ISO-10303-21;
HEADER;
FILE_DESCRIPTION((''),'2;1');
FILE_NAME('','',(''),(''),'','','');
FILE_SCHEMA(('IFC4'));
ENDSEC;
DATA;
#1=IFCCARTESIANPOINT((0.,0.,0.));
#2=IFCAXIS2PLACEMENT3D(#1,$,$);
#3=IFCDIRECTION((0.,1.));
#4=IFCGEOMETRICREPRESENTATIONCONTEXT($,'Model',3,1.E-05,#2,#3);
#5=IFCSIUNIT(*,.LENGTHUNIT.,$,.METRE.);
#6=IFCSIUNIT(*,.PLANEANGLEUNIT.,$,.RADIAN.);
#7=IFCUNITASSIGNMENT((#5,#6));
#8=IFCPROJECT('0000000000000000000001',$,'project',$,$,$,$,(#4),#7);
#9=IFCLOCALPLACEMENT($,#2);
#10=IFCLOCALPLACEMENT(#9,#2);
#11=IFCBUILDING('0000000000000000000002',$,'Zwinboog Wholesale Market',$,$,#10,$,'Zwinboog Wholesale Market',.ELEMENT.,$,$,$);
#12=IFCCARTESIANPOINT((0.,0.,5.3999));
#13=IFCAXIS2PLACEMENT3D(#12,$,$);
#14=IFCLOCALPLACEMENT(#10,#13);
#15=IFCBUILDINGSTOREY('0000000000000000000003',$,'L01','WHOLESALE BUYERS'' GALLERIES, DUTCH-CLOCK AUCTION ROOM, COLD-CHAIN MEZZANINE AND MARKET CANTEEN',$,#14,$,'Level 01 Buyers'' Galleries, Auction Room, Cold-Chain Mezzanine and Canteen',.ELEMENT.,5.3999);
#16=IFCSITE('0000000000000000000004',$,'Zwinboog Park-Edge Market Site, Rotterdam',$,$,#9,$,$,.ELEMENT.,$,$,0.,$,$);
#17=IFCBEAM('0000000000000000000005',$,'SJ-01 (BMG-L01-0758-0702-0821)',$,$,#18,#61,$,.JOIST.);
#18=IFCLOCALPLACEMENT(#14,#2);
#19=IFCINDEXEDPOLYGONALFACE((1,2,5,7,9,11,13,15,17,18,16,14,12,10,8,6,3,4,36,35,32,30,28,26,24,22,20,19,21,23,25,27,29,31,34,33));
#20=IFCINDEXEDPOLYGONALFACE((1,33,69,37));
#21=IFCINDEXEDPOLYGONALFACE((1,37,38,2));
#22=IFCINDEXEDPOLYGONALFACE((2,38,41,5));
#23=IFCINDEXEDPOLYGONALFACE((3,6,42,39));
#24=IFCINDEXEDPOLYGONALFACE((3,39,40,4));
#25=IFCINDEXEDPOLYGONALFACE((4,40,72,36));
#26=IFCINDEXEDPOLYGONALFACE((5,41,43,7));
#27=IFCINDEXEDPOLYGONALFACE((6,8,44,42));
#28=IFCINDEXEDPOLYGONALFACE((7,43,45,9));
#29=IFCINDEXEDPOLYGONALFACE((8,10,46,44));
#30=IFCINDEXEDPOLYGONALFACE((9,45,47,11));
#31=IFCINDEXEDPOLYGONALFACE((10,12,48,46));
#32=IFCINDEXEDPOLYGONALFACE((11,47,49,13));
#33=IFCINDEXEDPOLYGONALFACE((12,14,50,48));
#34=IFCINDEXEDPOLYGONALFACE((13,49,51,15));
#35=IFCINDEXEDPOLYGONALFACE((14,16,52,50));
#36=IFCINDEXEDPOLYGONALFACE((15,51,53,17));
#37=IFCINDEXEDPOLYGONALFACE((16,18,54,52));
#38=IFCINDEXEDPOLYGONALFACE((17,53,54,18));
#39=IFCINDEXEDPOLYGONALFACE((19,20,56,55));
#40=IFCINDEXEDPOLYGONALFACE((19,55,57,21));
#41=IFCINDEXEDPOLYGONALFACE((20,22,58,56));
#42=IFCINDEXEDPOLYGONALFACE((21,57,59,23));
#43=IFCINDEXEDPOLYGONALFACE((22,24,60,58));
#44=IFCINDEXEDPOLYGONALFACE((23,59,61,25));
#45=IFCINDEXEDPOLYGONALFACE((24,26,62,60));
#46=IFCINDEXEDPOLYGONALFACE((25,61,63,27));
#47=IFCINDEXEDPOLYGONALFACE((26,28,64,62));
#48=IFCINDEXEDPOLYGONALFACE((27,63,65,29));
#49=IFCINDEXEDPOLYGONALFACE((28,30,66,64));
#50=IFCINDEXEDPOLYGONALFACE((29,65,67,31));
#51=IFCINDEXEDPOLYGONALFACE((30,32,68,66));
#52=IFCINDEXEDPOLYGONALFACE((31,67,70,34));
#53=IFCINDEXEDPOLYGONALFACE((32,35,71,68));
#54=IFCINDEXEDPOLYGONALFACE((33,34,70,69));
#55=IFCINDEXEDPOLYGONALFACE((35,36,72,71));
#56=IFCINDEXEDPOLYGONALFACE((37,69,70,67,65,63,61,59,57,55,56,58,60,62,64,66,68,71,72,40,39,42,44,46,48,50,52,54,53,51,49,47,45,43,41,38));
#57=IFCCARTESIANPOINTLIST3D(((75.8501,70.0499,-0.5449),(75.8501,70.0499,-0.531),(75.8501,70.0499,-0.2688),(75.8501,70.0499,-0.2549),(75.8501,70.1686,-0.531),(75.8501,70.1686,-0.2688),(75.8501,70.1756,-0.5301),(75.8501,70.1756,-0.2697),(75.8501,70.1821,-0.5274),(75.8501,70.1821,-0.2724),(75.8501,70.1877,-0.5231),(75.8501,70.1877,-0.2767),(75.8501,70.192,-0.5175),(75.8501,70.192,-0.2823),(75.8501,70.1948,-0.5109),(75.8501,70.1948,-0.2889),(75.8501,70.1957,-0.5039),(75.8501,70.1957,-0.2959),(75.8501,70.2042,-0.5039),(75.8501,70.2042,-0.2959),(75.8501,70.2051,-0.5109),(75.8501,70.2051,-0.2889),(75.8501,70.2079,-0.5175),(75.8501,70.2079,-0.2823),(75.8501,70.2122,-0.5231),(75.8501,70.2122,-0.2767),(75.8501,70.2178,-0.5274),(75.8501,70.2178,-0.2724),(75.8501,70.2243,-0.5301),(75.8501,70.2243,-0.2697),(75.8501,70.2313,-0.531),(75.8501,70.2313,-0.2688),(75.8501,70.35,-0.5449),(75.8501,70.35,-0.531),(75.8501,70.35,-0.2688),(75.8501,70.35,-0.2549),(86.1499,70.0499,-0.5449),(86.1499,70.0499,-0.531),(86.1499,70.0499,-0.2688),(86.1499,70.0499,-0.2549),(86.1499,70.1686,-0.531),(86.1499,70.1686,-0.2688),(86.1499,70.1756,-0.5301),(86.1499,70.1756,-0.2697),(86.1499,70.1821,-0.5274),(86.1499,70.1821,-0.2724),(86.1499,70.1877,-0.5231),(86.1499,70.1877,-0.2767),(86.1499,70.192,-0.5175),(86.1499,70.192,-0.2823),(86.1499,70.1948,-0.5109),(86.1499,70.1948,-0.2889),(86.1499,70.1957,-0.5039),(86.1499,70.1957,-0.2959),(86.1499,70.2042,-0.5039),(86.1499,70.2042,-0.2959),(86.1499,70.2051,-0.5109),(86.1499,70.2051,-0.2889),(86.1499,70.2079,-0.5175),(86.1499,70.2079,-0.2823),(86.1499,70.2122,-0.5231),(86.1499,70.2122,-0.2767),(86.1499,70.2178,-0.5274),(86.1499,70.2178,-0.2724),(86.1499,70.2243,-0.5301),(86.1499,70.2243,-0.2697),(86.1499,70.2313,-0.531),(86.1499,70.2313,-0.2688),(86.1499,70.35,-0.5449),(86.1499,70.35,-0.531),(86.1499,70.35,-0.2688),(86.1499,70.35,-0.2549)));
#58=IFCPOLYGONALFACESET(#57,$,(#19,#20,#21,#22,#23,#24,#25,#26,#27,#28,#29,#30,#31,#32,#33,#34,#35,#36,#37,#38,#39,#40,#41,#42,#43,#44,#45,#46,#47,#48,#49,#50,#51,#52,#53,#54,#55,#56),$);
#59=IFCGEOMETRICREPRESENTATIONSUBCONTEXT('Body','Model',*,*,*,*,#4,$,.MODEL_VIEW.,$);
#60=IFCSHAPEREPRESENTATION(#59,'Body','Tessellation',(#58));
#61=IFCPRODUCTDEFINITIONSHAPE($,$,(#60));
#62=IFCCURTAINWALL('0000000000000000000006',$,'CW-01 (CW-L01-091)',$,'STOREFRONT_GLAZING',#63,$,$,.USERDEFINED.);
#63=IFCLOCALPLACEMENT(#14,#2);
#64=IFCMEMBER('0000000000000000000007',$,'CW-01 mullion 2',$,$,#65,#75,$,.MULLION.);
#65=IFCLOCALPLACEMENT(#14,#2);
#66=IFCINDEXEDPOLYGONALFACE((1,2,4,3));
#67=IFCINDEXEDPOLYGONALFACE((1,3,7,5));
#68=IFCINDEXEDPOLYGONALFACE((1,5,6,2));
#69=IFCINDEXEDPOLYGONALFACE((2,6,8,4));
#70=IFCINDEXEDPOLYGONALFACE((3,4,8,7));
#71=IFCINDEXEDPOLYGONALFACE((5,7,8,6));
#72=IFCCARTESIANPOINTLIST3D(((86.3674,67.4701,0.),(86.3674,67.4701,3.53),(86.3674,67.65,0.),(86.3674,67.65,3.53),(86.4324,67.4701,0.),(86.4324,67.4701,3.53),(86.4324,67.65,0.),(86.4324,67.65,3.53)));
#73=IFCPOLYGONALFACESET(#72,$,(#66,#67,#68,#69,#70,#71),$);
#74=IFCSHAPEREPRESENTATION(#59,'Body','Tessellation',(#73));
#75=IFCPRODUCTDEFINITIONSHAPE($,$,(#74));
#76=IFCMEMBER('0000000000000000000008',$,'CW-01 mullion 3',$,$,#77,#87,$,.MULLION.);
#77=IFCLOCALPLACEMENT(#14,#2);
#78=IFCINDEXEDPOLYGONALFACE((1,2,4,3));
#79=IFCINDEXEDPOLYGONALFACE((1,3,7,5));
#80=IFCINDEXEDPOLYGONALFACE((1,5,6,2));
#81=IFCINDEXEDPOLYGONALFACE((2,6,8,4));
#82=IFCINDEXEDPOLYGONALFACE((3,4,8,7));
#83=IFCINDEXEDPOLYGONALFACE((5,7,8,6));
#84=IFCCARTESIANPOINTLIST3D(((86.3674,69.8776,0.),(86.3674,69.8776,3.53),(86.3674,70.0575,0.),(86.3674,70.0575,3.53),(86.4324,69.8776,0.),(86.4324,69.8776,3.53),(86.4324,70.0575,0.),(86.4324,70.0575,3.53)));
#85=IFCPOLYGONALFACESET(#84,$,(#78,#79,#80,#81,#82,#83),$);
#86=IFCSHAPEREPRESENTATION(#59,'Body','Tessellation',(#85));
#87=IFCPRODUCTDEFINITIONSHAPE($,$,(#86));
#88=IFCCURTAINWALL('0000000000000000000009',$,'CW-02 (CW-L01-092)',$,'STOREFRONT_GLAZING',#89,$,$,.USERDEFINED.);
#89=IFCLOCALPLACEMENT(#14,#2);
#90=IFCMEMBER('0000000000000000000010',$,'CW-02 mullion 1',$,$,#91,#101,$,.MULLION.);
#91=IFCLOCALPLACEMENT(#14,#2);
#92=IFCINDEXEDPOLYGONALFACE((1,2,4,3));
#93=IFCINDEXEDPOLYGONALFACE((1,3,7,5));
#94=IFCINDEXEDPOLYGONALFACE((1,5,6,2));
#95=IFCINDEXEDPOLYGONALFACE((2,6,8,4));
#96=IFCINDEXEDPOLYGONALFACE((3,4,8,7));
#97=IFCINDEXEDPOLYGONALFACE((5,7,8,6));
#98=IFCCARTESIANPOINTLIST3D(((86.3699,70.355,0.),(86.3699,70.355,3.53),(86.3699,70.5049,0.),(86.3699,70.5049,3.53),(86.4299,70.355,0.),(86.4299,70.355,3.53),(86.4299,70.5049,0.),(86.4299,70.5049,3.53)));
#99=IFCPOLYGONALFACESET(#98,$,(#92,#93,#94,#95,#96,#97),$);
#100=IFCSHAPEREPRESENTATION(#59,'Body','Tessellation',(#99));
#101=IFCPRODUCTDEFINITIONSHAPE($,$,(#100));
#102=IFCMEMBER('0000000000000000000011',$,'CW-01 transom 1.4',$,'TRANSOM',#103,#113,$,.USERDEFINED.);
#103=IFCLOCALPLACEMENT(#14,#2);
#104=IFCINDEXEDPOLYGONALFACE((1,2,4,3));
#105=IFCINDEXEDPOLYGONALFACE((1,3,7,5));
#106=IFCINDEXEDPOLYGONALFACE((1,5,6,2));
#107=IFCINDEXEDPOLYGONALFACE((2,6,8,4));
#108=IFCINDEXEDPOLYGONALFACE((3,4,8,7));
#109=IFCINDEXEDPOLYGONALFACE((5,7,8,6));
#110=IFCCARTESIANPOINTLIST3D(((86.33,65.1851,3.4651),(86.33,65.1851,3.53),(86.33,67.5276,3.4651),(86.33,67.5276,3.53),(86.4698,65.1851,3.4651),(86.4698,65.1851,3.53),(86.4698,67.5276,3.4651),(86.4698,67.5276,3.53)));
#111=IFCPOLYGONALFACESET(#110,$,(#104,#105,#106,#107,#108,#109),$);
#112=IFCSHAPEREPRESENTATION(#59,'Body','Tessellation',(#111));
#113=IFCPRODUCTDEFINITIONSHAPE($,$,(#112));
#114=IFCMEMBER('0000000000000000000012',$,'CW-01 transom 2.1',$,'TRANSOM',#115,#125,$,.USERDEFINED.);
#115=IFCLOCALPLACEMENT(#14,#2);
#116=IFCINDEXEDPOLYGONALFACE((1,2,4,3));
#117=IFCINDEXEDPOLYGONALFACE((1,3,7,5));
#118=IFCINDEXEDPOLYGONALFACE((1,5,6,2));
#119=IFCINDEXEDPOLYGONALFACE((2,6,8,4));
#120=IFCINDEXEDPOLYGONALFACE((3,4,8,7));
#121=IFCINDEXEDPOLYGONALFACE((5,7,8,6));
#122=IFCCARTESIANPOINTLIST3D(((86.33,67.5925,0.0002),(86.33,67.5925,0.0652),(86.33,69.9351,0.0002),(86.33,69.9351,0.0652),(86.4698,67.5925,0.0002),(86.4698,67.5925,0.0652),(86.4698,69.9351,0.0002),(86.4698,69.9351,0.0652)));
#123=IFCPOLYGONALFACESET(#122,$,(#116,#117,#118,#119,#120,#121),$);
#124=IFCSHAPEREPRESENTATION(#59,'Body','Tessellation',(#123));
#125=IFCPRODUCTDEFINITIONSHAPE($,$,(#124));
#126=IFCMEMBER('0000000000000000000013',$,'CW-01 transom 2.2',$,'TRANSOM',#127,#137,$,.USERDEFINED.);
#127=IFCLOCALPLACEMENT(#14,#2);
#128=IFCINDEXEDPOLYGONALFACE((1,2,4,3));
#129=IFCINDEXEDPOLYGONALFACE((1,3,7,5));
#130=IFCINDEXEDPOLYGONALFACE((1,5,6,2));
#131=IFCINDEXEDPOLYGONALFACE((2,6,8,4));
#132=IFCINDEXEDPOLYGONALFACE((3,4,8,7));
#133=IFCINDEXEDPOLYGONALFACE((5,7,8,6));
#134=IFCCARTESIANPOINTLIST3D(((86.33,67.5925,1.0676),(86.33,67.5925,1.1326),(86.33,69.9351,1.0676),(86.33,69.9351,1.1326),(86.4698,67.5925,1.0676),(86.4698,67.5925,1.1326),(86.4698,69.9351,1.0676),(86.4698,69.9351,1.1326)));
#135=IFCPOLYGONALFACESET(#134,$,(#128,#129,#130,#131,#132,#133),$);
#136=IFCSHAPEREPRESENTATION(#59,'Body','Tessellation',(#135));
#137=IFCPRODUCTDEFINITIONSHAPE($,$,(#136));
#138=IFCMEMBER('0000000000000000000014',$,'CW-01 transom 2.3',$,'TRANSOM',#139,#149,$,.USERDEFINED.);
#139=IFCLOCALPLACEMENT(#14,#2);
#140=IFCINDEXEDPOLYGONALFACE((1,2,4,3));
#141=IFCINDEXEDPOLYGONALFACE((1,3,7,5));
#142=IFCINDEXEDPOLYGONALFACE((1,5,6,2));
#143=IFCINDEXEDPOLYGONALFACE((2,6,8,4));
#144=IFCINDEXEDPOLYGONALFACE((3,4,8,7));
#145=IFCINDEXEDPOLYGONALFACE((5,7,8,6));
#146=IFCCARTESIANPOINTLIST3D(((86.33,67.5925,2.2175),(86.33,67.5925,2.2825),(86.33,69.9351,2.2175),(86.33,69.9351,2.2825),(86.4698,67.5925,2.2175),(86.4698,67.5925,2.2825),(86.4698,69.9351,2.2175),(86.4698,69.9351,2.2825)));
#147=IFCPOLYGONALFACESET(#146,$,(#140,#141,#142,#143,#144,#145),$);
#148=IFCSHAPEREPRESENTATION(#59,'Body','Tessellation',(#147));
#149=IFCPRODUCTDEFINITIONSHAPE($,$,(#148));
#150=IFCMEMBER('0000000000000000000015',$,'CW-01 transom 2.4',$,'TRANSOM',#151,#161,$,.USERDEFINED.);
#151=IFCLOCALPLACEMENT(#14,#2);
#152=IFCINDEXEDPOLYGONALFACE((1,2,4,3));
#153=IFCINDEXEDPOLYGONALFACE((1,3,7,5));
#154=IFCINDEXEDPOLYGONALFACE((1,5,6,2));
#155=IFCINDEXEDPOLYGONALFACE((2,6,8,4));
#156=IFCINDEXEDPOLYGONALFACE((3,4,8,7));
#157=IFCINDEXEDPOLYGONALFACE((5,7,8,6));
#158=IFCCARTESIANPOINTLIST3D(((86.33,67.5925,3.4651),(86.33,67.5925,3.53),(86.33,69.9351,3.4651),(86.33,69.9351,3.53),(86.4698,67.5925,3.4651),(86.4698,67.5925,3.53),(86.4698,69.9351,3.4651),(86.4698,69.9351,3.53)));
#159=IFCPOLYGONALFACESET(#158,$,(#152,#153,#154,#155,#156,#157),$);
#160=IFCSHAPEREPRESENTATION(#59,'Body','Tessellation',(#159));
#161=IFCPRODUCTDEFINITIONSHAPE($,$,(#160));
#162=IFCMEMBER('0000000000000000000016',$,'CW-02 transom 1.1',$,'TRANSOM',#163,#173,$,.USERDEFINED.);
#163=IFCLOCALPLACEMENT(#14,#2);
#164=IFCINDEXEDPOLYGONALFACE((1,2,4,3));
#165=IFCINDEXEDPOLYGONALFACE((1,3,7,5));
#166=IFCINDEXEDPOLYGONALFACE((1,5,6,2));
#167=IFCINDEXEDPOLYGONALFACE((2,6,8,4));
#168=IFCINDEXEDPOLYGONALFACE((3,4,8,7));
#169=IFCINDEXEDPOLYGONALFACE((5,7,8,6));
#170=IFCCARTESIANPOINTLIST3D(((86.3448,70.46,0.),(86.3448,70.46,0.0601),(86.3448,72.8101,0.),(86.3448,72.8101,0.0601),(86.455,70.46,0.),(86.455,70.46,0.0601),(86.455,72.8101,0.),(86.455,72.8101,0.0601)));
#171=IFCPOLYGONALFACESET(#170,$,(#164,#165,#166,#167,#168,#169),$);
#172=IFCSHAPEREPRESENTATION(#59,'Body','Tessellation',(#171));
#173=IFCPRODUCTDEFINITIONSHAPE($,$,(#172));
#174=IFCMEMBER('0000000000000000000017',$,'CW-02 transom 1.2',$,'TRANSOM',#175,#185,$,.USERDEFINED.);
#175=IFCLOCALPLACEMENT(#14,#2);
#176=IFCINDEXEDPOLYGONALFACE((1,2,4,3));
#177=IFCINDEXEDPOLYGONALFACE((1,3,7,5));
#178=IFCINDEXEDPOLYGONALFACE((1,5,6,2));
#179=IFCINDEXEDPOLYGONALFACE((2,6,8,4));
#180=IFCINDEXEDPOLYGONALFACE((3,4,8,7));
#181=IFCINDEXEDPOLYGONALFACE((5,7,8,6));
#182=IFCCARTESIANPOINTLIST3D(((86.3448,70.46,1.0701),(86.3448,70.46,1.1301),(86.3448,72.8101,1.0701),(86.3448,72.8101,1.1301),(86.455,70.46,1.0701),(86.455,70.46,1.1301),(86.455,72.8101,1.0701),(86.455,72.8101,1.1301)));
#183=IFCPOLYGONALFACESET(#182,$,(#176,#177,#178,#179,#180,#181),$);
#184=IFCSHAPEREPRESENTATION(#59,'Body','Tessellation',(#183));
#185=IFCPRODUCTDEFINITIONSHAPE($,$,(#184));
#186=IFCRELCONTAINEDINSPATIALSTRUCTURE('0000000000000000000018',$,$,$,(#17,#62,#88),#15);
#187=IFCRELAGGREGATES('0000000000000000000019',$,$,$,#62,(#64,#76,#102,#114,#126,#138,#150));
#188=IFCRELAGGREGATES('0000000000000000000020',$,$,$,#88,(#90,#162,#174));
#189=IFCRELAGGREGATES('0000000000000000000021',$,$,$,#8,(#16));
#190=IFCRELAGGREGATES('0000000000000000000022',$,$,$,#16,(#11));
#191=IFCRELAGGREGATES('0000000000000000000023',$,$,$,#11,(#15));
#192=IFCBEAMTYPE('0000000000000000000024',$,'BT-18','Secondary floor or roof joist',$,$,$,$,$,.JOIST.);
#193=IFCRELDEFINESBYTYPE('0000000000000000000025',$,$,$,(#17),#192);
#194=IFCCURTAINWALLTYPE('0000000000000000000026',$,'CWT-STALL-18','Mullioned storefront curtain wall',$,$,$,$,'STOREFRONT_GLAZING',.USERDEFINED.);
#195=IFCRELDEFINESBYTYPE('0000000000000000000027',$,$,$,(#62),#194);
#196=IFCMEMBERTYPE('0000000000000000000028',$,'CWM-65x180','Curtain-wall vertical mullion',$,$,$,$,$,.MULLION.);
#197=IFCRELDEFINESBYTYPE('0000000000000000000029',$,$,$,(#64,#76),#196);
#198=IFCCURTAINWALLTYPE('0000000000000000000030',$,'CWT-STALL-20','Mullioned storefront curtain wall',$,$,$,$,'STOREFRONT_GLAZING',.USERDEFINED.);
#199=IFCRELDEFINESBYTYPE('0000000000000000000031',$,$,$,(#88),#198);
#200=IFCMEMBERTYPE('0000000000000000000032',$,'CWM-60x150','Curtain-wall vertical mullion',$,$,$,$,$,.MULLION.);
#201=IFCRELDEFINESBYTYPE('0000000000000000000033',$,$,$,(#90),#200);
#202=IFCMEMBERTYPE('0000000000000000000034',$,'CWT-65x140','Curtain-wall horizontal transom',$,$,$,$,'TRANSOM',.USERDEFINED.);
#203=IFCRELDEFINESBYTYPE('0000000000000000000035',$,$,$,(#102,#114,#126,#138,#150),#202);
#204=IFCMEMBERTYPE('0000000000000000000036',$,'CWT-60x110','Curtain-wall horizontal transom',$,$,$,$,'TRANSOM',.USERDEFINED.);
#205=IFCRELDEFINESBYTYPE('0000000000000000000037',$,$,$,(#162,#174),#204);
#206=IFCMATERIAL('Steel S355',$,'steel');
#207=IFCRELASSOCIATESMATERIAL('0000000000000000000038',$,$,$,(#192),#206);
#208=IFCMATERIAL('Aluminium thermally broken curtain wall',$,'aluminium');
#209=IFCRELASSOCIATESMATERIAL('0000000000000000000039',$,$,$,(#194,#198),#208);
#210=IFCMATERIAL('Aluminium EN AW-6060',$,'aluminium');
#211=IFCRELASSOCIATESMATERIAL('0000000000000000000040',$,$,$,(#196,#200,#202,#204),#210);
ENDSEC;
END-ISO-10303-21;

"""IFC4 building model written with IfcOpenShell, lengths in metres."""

from ifc_helpers import new_model, si_unit, direction, frame, origin, origin_2d, place, context, subcontext, project, spatial, rectangle, i_section, extrude, material, material_profile, profile_set, type_object, element, aggregate, save


model = new_model("IFC4")

# Units and contexts
model_context = context("Model", 3, precision=1e-05, world=origin(), true_north=direction((0.0, 1.0)))
body_context = subcontext(model_context, "Body", "Model", "MODEL_VIEW")
ifc_project = project(units=[si_unit("LENGTHUNIT", "METRE"), si_unit("PLANEANGLEUNIT", "RADIAN")], contexts=[model_context])

# Site, building, storey
site_placement = place(None, origin())
site = spatial("IfcSite", under=ifc_project, at=site_placement, Name="Zwinboog Park-Edge Market Site, Rotterdam", CompositionType="ELEMENT", RefElevation=0.0)
building_placement = place(site_placement, origin())
building = spatial("IfcBuilding", under=site, at=building_placement, Name="Zwinboog Wholesale Market", LongName="Zwinboog Wholesale Market", CompositionType="ELEMENT")
storey_placement = place(building_placement, frame((0.0, 0.0, 5.3999)))
storey = spatial("IfcBuildingStorey", under=building, at=storey_placement, Name="L01", Description="WHOLESALE BUYERS' GALLERIES, DUTCH-CLOCK AUCTION ROOM, COLD-CHAIN MEZZANINE AND MARKET CANTEEN", LongName="Level 01 Buyers' Galleries, Auction Room, Cold-Chain Mezzanine and Canteen", CompositionType="ELEMENT", Elevation=5.3999)

# Beam
ifc_material_1 = material(Name="Steel S355", Category="steel")
ifc_material_profile_1 = material_profile(ifc_material_1, i_section(OverallWidth=0.3, OverallDepth=0.29, WebThickness=0.0085, FlangeThickness=0.0139, FilletRadius=0.0271, at=origin_2d()), Name="HEA 300")
ifc_profile_set_1 = profile_set([ifc_material_profile_1], Name="Steel S355")
beam_type = type_object("IfcBeamType", Name="BT-18", Description="Secondary floor or roof joist", PredefinedType="JOIST", material=ifc_profile_set_1)
beam_placement = place(storey_placement, frame((75.8501, 70.2, -0.3999), z_axis=(1.0, 0.0, 0.0), x_axis=(0.0, 1.0, 0.0)))
element("IfcBeam", 1, at=beam_placement, inside=storey, type_object=beam_type, Name="SJ-01 (BMG-L01-0758-0702-0821)", PredefinedType="JOIST", context=body_context, shape_type="SweptSolid", body=[
    extrude(i_section(OverallWidth=0.3, OverallDepth=0.29, WebThickness=0.0085, FlangeThickness=0.0139, FilletRadius=0.0271, at=origin_2d()), origin(), (0.0, 0.0, 1.0), 10.2998),
])

# Curtain wall, members
ifc_material_2 = material(Name="Aluminium thermally broken curtain wall", Category="aluminium")
curtain_wall_type_1 = type_object("IfcCurtainWallType", Name="CWT-STALL-18", Description="Mullioned storefront curtain wall", ElementType="STOREFRONT_GLAZING", PredefinedType="USERDEFINED", material=ifc_material_2)
curtain_wall_1_placement = place(storey_placement, origin())
curtain_wall_1 = element("IfcCurtainWall", 2, at=curtain_wall_1_placement, inside=storey, type_object=curtain_wall_type_1, Name="CW-01 (CW-L01-091)", ObjectType="STOREFRONT_GLAZING", PredefinedType="USERDEFINED")
ifc_material_3 = material(Name="Aluminium EN AW-6060", Category="aluminium")
ifc_material_profile_2 = material_profile(ifc_material_3, rectangle(XDim=0.0649, YDim=0.1799, at=origin_2d()), Name="AL 65x180")
ifc_profile_set_2 = profile_set([ifc_material_profile_2], Name="Aluminium EN AW-6060")
member_type_1 = type_object("IfcMemberType", Name="CWM-65x180", Description="Curtain-wall vertical mullion", PredefinedType="MULLION", material=ifc_profile_set_2)
member_1_placement = place(storey_placement, frame((86.3999, 67.5601, 0.0), z_axis=(0.0, 0.0, 1.0), x_axis=(-1.0, 0.0, 0.0)))
member_1 = element("IfcMember", 3, at=member_1_placement, type_object=member_type_1, Name="CW-01 mullion 2", PredefinedType="MULLION", context=body_context, shape_type="SweptSolid", body=[
    extrude(rectangle(XDim=0.0649, YDim=0.1799, at=origin_2d()), origin(), (0.0, 0.0, 1.0), 3.53),
])
member_2_placement = place(storey_placement, frame((86.3999, 69.9675, 0.0), z_axis=(0.0, 0.0, 1.0), x_axis=(-1.0, 0.0, 0.0)))
member_2 = element("IfcMember", 4, at=member_2_placement, type_object=member_type_1, Name="CW-01 mullion 3", PredefinedType="MULLION", context=body_context, shape_type="SweptSolid", body=[
    extrude(rectangle(XDim=0.0649, YDim=0.1799, at=origin_2d()), origin(), (0.0, 0.0, 1.0), 3.53),
])

# Curtain wall, member
curtain_wall_type_2 = type_object("IfcCurtainWallType", Name="CWT-STALL-20", Description="Mullioned storefront curtain wall", ElementType="STOREFRONT_GLAZING", PredefinedType="USERDEFINED", material=ifc_material_2)
curtain_wall_2_placement = place(storey_placement, origin())
curtain_wall_2 = element("IfcCurtainWall", 5, at=curtain_wall_2_placement, inside=storey, type_object=curtain_wall_type_2, Name="CW-02 (CW-L01-092)", ObjectType="STOREFRONT_GLAZING", PredefinedType="USERDEFINED")
ifc_material_profile_3 = material_profile(ifc_material_3, rectangle(XDim=0.0601, YDim=0.1499, at=origin_2d()), Name="AL 60x150")
ifc_profile_set_3 = profile_set([ifc_material_profile_3], Name="Aluminium EN AW-6060")
member_type_2 = type_object("IfcMemberType", Name="CWM-60x150", Description="Curtain-wall vertical mullion", PredefinedType="MULLION", material=ifc_profile_set_3)
member_3_placement = place(storey_placement, frame((86.3999, 70.4299, 0.0), z_axis=(0.0, 0.0, 1.0), x_axis=(-1.0, 0.0, 0.0)))
member_3 = element("IfcMember", 6, at=member_3_placement, type_object=member_type_2, Name="CW-02 mullion 1", PredefinedType="MULLION", context=body_context, shape_type="SweptSolid", body=[
    extrude(rectangle(XDim=0.0601, YDim=0.1499, at=origin_2d()), origin(), (0.0, 0.0, 1.0), 3.53),
])

# Members
ifc_material_profile_4 = material_profile(ifc_material_3, rectangle(XDim=0.1399, YDim=0.0649, at=origin_2d()), Name="AL 65x140")
ifc_profile_set_4 = profile_set([ifc_material_profile_4], Name="Aluminium EN AW-6060")
member_type_3 = type_object("IfcMemberType", Name="CWT-65x140", Description="Curtain-wall horizontal transom", ElementType="TRANSOM", PredefinedType="USERDEFINED", material=ifc_profile_set_4)
member_4_placement = place(storey_placement, frame((86.3999, 65.1851, 3.4976), z_axis=(0.0, 1.0, 0.0), x_axis=(-1.0, 0.0, 0.0)))
member_4 = element("IfcMember", 7, at=member_4_placement, type_object=member_type_3, Name="CW-01 transom 1.4", ObjectType="TRANSOM", PredefinedType="USERDEFINED", context=body_context, shape_type="SweptSolid", body=[
    extrude(rectangle(XDim=0.1399, YDim=0.0649, at=origin_2d()), origin(), (0.0, 0.0, 1.0), 2.3425),
])
member_5_placement = place(storey_placement, frame((86.3999, 67.5925, 0.0327), z_axis=(0.0, 1.0, 0.0), x_axis=(-1.0, 0.0, 0.0)))
member_5 = element("IfcMember", 8, at=member_5_placement, type_object=member_type_3, Name="CW-01 transom 2.1", ObjectType="TRANSOM", PredefinedType="USERDEFINED", context=body_context, shape_type="SweptSolid", body=[
    extrude(rectangle(XDim=0.1399, YDim=0.0649, at=origin_2d()), origin(), (0.0, 0.0, 1.0), 2.3425),
])
member_6_placement = place(storey_placement, frame((86.3999, 67.5925, 1.1001), z_axis=(0.0, 1.0, 0.0), x_axis=(-1.0, 0.0, 0.0)))
member_6 = element("IfcMember", 9, at=member_6_placement, type_object=member_type_3, Name="CW-01 transom 2.2", ObjectType="TRANSOM", PredefinedType="USERDEFINED", context=body_context, shape_type="SweptSolid", body=[
    extrude(rectangle(XDim=0.1399, YDim=0.0649, at=origin_2d()), origin(), (0.0, 0.0, 1.0), 2.3425),
])
member_7_placement = place(storey_placement, frame((86.3999, 67.5925, 2.25), z_axis=(0.0, 1.0, 0.0), x_axis=(-1.0, 0.0, 0.0)))
member_7 = element("IfcMember", 10, at=member_7_placement, type_object=member_type_3, Name="CW-01 transom 2.3", ObjectType="TRANSOM", PredefinedType="USERDEFINED", context=body_context, shape_type="SweptSolid", body=[
    extrude(rectangle(XDim=0.1399, YDim=0.0649, at=origin_2d()), origin(), (0.0, 0.0, 1.0), 2.3425),
])
member_8_placement = place(storey_placement, frame((86.3999, 67.5925, 3.4976), z_axis=(0.0, 1.0, 0.0), x_axis=(-1.0, 0.0, 0.0)))
member_8 = element("IfcMember", 11, at=member_8_placement, type_object=member_type_3, Name="CW-01 transom 2.4", ObjectType="TRANSOM", PredefinedType="USERDEFINED", context=body_context, shape_type="SweptSolid", body=[
    extrude(rectangle(XDim=0.1399, YDim=0.0649, at=origin_2d()), origin(), (0.0, 0.0, 1.0), 2.3425),
])
ifc_material_profile_5 = material_profile(ifc_material_3, rectangle(XDim=0.1101, YDim=0.0601, at=origin_2d()), Name="AL 60x110")
ifc_profile_set_5 = profile_set([ifc_material_profile_5], Name="Aluminium EN AW-6060")
member_type_4 = type_object("IfcMemberType", Name="CWT-60x110", Description="Curtain-wall horizontal transom", ElementType="TRANSOM", PredefinedType="USERDEFINED", material=ifc_profile_set_5)
member_9_placement = place(storey_placement, frame((86.3999, 70.46, 0.03), z_axis=(0.0, 1.0, 0.0), x_axis=(-1.0, 0.0, 0.0)))
member_9 = element("IfcMember", 12, at=member_9_placement, type_object=member_type_4, Name="CW-02 transom 1.1", ObjectType="TRANSOM", PredefinedType="USERDEFINED", context=body_context, shape_type="SweptSolid", body=[
    extrude(rectangle(XDim=0.1101, YDim=0.0601, at=origin_2d()), origin(), (0.0, 0.0, 1.0), 2.3501),
])
member_10_placement = place(storey_placement, frame((86.3999, 70.46, 1.1001), z_axis=(0.0, 1.0, 0.0), x_axis=(-1.0, 0.0, 0.0)))
member_10 = element("IfcMember", 13, at=member_10_placement, type_object=member_type_4, Name="CW-02 transom 1.2", ObjectType="TRANSOM", PredefinedType="USERDEFINED", context=body_context, shape_type="SweptSolid", body=[
    extrude(rectangle(XDim=0.1101, YDim=0.0601, at=origin_2d()), origin(), (0.0, 0.0, 1.0), 2.3501),
])

aggregate(curtain_wall_1, [member_1, member_2, member_4, member_5, member_6, member_7, member_8])
aggregate(curtain_wall_2, [member_3, member_9, member_10])

save(model, "model.ifc")
